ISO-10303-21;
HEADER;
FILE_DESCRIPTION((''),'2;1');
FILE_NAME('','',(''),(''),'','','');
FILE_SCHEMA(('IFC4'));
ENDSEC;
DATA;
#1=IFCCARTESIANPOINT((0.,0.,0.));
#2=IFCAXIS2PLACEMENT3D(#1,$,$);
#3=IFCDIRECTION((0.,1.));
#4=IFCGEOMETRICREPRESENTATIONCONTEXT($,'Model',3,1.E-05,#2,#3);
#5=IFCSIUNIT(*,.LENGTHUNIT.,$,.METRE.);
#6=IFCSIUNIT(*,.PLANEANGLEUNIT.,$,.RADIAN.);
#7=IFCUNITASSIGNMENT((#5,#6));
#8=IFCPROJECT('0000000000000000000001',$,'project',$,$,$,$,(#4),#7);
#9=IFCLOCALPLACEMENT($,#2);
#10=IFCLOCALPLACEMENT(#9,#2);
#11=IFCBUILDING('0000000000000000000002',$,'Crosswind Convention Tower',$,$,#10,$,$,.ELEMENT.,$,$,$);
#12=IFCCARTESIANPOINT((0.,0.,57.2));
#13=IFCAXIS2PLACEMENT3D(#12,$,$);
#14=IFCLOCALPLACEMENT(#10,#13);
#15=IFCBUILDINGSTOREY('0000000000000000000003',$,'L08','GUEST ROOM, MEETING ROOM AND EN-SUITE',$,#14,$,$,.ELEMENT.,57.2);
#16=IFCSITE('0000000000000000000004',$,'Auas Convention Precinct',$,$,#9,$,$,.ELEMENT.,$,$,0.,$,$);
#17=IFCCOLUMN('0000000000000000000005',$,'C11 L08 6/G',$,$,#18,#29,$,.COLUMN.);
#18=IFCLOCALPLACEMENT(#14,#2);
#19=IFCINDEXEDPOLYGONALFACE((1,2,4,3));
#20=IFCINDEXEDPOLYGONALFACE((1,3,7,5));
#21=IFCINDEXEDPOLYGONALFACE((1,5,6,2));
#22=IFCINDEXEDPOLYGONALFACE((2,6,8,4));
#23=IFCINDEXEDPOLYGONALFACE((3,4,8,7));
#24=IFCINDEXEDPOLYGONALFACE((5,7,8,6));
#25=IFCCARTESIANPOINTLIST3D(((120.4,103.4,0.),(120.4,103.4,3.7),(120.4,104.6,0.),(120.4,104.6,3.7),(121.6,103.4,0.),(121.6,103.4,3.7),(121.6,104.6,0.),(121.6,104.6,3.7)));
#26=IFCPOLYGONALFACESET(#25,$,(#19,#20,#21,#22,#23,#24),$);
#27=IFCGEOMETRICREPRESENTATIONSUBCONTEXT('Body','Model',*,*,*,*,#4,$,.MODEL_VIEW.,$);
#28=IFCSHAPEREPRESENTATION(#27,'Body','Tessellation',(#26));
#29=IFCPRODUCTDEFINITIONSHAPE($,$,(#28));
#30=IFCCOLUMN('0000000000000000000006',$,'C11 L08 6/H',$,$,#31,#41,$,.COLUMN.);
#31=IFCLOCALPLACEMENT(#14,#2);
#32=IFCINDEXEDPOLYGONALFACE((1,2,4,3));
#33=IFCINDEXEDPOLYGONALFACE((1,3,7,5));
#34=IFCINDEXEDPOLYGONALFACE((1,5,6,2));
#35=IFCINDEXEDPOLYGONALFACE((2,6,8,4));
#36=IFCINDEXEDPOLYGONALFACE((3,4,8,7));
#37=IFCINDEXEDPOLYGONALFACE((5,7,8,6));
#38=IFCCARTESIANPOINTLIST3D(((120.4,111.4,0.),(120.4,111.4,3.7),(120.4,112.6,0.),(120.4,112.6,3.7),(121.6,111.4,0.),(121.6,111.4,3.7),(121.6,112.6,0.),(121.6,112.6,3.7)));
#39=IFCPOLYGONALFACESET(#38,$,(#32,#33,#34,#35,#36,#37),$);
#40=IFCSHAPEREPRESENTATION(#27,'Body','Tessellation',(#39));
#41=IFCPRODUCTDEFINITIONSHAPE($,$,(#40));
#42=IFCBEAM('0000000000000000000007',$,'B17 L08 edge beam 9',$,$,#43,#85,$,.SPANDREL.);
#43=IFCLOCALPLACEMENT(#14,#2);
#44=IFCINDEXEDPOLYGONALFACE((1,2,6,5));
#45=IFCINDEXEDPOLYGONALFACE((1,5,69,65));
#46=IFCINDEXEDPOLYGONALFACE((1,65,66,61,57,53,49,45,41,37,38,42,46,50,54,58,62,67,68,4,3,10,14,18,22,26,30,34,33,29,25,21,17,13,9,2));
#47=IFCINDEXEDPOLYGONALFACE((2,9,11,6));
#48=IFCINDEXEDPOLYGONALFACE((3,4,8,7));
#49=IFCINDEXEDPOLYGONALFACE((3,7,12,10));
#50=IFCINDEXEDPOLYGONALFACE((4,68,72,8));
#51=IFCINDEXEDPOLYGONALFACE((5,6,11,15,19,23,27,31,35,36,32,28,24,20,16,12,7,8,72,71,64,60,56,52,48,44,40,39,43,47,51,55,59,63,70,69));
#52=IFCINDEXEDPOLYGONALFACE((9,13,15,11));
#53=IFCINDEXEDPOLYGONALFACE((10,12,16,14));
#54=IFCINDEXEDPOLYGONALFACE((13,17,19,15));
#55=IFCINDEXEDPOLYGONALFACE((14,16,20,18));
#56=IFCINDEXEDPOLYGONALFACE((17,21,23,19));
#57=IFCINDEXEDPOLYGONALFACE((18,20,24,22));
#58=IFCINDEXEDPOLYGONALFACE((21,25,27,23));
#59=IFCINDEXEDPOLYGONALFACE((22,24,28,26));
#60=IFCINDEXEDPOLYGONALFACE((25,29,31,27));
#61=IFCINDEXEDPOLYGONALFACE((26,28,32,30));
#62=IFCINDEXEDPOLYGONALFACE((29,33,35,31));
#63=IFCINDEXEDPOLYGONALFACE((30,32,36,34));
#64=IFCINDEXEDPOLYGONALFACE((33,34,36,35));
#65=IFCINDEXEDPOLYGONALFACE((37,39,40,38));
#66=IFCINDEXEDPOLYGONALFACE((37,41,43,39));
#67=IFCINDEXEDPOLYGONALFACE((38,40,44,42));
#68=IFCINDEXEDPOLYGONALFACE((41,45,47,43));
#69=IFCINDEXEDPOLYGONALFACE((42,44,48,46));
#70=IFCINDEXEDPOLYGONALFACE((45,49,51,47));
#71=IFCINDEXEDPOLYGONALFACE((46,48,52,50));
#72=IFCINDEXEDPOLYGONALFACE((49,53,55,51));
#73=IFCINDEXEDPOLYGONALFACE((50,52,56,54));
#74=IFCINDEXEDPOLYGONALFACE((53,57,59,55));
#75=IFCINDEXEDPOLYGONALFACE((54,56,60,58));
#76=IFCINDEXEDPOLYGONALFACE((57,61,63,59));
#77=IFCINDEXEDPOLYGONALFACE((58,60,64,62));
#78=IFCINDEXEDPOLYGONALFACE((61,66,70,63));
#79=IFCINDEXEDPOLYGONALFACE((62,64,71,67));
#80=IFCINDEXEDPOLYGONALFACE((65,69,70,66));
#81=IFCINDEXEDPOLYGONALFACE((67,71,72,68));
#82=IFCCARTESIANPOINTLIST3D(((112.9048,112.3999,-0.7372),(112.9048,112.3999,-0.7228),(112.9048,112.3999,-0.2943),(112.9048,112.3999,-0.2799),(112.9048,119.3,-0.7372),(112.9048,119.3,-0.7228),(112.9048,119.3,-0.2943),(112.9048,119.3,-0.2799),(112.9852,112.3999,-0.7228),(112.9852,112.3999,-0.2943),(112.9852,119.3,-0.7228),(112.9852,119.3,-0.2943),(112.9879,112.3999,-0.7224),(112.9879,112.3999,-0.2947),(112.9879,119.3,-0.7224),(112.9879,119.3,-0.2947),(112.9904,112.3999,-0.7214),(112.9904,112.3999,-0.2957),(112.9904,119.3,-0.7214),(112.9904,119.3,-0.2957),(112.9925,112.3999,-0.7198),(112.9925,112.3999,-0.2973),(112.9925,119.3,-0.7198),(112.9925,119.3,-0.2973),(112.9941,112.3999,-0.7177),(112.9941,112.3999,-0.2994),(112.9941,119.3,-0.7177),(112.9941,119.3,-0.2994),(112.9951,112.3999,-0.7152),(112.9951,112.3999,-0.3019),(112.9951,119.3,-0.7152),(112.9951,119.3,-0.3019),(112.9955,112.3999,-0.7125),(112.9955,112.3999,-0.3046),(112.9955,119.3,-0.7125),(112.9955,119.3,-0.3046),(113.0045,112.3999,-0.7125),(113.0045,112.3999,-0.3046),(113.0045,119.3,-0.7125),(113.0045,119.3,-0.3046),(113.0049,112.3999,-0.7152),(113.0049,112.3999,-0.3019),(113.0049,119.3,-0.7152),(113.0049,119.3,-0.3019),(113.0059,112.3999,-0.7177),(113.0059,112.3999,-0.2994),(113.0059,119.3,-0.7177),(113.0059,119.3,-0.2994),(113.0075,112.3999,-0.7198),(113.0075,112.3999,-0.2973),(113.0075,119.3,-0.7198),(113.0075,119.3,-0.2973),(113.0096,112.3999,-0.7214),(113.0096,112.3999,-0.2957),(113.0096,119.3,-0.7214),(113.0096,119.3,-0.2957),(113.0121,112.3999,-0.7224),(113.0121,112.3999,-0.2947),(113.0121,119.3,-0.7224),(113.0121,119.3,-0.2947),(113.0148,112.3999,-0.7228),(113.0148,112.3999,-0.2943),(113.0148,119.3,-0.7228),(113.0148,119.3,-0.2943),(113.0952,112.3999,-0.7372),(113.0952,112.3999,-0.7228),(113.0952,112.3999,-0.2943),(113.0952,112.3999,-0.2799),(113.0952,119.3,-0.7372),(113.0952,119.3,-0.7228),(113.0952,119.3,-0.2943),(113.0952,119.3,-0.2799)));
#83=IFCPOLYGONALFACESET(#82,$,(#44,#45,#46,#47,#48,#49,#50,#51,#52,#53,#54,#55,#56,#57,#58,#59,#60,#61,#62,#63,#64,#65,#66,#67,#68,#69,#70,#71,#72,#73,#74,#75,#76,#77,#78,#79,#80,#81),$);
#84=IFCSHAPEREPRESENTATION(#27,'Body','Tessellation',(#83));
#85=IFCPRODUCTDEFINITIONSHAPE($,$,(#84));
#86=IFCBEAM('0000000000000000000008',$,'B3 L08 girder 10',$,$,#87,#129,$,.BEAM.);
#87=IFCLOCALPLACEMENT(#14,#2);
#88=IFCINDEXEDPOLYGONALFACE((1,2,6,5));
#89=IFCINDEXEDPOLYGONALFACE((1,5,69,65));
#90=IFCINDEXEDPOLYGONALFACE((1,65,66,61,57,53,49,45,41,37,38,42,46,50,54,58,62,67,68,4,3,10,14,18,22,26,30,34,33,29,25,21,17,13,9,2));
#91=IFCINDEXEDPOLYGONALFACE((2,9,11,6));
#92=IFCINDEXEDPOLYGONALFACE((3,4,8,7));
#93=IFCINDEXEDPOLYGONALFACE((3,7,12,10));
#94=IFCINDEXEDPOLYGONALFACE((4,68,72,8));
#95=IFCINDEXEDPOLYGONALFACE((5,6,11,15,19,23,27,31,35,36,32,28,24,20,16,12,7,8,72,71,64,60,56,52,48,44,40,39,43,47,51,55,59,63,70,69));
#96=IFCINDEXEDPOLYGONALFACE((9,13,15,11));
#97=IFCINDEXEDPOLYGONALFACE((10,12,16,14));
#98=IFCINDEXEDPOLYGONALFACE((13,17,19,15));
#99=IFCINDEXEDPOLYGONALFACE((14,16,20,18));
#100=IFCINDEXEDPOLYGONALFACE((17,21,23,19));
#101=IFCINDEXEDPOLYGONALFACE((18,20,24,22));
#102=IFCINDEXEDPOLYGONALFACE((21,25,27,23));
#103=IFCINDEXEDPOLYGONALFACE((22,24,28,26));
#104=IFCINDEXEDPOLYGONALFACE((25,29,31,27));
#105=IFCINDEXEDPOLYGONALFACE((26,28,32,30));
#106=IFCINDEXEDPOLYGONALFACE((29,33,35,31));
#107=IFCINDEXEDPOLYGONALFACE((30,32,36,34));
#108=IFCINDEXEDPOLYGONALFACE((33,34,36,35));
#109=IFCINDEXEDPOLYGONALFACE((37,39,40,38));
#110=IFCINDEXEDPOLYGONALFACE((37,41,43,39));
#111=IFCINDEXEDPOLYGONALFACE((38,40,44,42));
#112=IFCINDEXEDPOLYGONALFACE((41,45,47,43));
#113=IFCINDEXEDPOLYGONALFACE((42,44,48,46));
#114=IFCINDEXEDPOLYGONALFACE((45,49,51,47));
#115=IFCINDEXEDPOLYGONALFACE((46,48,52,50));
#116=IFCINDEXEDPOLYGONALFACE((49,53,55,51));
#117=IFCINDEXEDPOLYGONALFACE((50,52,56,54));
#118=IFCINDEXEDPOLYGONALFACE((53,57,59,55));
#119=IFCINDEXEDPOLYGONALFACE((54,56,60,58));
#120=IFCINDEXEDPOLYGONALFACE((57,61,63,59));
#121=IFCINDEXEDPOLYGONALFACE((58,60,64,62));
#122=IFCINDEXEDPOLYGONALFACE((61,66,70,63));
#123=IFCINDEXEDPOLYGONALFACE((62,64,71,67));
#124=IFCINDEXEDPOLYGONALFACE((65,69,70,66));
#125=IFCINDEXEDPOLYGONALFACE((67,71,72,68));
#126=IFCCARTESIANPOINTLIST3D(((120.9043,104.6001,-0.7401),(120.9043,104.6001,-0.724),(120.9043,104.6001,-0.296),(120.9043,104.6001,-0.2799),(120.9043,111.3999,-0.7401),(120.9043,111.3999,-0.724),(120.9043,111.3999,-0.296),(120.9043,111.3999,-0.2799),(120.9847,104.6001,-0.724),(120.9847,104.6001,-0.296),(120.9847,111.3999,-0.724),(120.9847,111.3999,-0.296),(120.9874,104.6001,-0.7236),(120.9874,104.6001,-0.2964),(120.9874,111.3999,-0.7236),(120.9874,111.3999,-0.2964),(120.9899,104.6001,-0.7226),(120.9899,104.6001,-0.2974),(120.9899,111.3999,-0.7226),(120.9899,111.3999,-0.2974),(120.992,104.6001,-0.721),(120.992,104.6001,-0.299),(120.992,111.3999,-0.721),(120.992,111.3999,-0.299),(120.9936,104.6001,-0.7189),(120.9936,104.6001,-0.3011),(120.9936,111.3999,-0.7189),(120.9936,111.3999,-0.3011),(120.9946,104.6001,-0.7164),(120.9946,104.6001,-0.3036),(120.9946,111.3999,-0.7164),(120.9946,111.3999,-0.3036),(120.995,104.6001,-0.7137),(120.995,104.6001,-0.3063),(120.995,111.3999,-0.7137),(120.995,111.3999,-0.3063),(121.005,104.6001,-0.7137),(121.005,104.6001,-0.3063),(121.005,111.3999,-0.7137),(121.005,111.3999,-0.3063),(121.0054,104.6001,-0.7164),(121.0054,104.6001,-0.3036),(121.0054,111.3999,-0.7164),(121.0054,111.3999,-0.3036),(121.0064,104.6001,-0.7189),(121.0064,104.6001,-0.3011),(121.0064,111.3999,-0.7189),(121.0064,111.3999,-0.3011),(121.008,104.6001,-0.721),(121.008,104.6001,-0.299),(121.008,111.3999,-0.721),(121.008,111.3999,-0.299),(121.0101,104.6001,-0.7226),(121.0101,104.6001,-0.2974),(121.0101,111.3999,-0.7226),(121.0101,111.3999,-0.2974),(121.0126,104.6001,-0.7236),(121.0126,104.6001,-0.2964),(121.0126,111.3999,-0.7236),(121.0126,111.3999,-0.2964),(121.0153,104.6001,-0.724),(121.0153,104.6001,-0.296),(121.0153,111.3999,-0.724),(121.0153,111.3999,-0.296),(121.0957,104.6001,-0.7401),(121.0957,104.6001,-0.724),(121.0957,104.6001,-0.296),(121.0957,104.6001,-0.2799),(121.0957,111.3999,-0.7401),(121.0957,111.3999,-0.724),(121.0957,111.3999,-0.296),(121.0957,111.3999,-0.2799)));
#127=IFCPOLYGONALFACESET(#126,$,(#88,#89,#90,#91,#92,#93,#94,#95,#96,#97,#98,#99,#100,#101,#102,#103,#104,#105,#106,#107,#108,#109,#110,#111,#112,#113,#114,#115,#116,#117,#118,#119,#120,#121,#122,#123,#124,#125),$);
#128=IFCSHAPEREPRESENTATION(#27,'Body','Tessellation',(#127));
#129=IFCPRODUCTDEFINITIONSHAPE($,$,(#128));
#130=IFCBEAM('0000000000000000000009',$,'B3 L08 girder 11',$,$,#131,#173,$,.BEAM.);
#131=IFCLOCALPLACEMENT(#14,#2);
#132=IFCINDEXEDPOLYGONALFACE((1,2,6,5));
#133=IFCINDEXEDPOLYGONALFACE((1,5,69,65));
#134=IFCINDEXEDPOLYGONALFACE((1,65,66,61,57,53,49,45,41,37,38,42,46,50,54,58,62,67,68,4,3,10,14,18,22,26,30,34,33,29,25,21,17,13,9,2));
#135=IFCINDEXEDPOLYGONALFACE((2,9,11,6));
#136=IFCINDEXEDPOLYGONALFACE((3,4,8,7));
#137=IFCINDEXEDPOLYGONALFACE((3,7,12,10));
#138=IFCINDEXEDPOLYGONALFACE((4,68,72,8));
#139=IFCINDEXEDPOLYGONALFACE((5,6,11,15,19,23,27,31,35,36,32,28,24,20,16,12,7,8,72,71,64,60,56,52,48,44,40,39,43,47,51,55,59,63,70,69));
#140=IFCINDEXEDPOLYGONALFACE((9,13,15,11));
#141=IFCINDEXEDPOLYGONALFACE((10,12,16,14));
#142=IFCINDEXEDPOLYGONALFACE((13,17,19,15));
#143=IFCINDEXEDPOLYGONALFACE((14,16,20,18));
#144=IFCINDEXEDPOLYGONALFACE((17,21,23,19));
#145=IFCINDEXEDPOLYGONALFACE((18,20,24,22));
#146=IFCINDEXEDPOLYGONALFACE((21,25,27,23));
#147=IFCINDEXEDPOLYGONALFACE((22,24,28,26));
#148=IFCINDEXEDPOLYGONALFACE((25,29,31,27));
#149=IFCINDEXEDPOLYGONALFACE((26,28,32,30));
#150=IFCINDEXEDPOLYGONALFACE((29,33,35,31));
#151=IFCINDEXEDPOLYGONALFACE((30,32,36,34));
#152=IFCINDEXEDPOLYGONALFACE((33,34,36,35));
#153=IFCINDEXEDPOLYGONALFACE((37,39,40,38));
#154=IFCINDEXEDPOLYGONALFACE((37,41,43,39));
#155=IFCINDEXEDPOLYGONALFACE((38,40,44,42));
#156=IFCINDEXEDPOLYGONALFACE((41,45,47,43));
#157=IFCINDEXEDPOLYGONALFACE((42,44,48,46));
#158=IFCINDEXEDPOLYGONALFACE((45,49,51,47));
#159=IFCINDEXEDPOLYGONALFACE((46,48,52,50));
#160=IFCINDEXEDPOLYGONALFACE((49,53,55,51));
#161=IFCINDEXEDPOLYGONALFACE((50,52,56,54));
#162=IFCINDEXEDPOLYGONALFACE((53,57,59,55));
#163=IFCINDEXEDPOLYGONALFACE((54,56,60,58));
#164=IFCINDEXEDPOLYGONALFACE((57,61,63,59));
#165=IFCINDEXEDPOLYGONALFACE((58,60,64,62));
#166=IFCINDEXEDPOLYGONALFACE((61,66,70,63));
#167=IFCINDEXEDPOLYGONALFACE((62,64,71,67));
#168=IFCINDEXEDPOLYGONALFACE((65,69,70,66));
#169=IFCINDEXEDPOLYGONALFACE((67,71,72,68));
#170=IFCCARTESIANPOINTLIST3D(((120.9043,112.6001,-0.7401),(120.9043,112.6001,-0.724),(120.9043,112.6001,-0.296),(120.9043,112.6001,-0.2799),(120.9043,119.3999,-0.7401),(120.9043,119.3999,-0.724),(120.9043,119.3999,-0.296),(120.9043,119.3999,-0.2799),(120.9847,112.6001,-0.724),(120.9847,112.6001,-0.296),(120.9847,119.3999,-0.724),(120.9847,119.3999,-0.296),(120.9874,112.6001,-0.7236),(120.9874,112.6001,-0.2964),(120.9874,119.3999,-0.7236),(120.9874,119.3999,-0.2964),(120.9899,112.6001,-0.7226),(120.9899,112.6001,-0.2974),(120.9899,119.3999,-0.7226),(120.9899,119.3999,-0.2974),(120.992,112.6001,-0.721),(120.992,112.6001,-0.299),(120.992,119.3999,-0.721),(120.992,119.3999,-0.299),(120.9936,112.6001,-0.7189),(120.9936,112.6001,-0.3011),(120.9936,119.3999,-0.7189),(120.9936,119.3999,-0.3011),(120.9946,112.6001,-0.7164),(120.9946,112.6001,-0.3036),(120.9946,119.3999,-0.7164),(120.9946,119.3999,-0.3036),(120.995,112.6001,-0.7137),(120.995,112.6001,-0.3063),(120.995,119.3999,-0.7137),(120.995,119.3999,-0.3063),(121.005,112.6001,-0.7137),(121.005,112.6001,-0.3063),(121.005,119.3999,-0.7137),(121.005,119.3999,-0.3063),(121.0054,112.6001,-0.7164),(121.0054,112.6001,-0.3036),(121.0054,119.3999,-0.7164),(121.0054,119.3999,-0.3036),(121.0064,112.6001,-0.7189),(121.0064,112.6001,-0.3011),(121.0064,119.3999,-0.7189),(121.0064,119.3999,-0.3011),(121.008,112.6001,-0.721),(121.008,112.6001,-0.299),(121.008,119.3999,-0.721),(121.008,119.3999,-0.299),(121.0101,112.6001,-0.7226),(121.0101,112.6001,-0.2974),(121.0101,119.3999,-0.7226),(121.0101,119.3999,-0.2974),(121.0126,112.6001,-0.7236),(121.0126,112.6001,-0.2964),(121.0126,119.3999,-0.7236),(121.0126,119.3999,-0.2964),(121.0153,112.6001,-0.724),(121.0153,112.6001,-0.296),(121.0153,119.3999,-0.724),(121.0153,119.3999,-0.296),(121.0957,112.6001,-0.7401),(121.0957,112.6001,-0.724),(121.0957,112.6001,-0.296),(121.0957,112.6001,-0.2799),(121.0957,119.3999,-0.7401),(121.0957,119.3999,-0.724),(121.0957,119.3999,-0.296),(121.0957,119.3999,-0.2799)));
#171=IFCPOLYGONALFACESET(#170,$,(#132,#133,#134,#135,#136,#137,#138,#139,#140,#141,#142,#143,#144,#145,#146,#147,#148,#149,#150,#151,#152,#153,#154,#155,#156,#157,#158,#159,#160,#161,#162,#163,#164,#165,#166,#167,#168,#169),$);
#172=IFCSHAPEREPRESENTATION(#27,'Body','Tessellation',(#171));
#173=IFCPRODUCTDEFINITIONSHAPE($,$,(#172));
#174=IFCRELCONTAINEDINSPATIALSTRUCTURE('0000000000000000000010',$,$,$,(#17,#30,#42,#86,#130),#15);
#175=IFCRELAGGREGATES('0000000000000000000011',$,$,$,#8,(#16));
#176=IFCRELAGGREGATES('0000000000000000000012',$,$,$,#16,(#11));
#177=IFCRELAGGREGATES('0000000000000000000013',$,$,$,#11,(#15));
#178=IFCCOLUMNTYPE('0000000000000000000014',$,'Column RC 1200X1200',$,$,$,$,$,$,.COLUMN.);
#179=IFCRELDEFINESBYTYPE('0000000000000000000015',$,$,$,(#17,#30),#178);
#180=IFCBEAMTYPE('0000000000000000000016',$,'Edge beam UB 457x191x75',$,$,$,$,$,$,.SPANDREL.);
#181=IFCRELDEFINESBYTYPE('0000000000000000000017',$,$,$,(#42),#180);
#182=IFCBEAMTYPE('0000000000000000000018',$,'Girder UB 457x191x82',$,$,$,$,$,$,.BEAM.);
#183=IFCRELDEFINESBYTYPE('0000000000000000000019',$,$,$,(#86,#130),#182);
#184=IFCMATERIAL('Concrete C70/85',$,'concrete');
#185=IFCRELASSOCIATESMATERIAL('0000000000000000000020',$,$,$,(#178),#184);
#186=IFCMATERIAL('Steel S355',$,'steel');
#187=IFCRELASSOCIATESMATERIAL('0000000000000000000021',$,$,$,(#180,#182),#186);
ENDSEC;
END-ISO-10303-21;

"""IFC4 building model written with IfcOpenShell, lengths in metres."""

from ifc_helpers import new_model, si_unit, direction, frame, origin, origin_2d, place, context, subcontext, project, spatial, rectangle, i_section, extrude, material, material_profile, profile_set, type_object, element, save


model = new_model("IFC4")

# Units and contexts
model_context = context("Model", 3, precision=1e-05, world=origin(), true_north=direction((0.0, 1.0)))
body_context = subcontext(model_context, "Body", "Model", "MODEL_VIEW")
ifc_project = project(units=[si_unit("LENGTHUNIT", "METRE"), si_unit("PLANEANGLEUNIT", "RADIAN")], contexts=[model_context])

# Site, building, storey
site_placement = place(None, origin())
site = spatial("IfcSite", under=ifc_project, at=site_placement, Name="Auas Convention Precinct", CompositionType="ELEMENT", RefElevation=0.0)
building_placement = place(site_placement, origin())
building = spatial("IfcBuilding", under=site, at=building_placement, Name="Crosswind Convention Tower", CompositionType="ELEMENT")
storey_placement = place(building_placement, frame((0.0, 0.0, 57.2)))
storey = spatial("IfcBuildingStorey", under=building, at=storey_placement, Name="L08", Description="GUEST ROOM, MEETING ROOM AND EN-SUITE", CompositionType="ELEMENT", Elevation=57.2)

# Columns
ifc_material_1 = material(Name="Concrete C70/85", Category="concrete")
ifc_material_profile_1 = material_profile(ifc_material_1, rectangle(XDim=1.2, YDim=1.2, at=origin_2d()), Name="RC 1200X1200")
ifc_profile_set_1 = profile_set([ifc_material_profile_1], Name="Concrete C70/85")
column_type = type_object("IfcColumnType", Name="Column RC 1200X1200", PredefinedType="COLUMN", material=ifc_profile_set_1)
for number, where, z_axis, x_axis, name in (
    (1, (121.0, 104.0, 0.0), (0.0, 0.0, 1.0), (1.0, 0.0, 0.0), "C11 L08 6/G"),
    (2, (121.0, 112.0, 0.0), (0.0, 0.0, 1.0), (1.0, 0.0, 0.0), "C11 L08 6/H"),
):
    element("IfcColumn", number, at=place(storey_placement, frame(where, z_axis=z_axis, x_axis=x_axis)), inside=storey, type_object=column_type, Name=name, PredefinedType="COLUMN", context=body_context, shape_type="SweptSolid", body=[
        extrude(rectangle(XDim=1.2, YDim=1.2, at=origin_2d()), origin(), (0.0, 0.0, 1.0), 3.7),
    ])

# Beams
ifc_material_2 = material(Name="Steel S355", Category="steel")
ifc_material_profile_2 = material_profile(ifc_material_2, i_section(OverallWidth=0.1904, OverallDepth=0.4573, WebThickness=0.009, FlangeThickness=0.0144, FilletRadius=0.0103, at=origin_2d()), Name="UB 457x191x75")
ifc_profile_set_2 = profile_set([ifc_material_profile_2], Name="Steel S355")
beam_type_1 = type_object("IfcBeamType", Name="Edge beam UB 457x191x75", PredefinedType="SPANDREL", material=ifc_profile_set_2)
beam_placement = place(storey_placement, frame((113.0, 112.3999, -0.5085), z_axis=(0.0, 1.0, 0.0), x_axis=(-1.0, 0.0, 0.0)))
element("IfcBeam", 3, at=beam_placement, inside=storey, type_object=beam_type_1, Name="B17 L08 edge beam 9", PredefinedType="SPANDREL", context=body_context, shape_type="SweptSolid", body=[
    extrude(i_section(OverallWidth=0.1904, OverallDepth=0.4573, WebThickness=0.009, FlangeThickness=0.0144, FilletRadius=0.0103, at=origin_2d()), origin(), (0.0, 0.0, 1.0), 6.9001),
])
ifc_material_profile_3 = material_profile(ifc_material_2, i_section(OverallWidth=0.1914, OverallDepth=0.4602, WebThickness=0.01, FlangeThickness=0.0161, FilletRadius=0.0103, at=origin_2d()), Name="UB 457x191x82")
ifc_profile_set_3 = profile_set([ifc_material_profile_3], Name="Steel S355")
beam_type_2 = type_object("IfcBeamType", Name="Girder UB 457x191x82", PredefinedType="BEAM", material=ifc_profile_set_3)
for number, where, z_axis, x_axis, name in (
    (4, (121.0, 104.6001, -0.51), (0.0, 1.0, 0.0), (-1.0, 0.0, 0.0), "B3 L08 girder 10"),
    (5, (121.0, 112.6001, -0.51), (0.0, 1.0, 0.0), (-1.0, 0.0, 0.0), "B3 L08 girder 11"),
):
    element("IfcBeam", number, at=place(storey_placement, frame(where, z_axis=z_axis, x_axis=x_axis)), inside=storey, type_object=beam_type_2, Name=name, PredefinedType="BEAM", context=body_context, shape_type="SweptSolid", body=[
        extrude(i_section(OverallWidth=0.1914, OverallDepth=0.4602, WebThickness=0.01, FlangeThickness=0.0161, FilletRadius=0.0103, at=origin_2d()), origin(), (0.0, 0.0, 1.0), 6.7998),
    ])

save(model, "model.ifc")
